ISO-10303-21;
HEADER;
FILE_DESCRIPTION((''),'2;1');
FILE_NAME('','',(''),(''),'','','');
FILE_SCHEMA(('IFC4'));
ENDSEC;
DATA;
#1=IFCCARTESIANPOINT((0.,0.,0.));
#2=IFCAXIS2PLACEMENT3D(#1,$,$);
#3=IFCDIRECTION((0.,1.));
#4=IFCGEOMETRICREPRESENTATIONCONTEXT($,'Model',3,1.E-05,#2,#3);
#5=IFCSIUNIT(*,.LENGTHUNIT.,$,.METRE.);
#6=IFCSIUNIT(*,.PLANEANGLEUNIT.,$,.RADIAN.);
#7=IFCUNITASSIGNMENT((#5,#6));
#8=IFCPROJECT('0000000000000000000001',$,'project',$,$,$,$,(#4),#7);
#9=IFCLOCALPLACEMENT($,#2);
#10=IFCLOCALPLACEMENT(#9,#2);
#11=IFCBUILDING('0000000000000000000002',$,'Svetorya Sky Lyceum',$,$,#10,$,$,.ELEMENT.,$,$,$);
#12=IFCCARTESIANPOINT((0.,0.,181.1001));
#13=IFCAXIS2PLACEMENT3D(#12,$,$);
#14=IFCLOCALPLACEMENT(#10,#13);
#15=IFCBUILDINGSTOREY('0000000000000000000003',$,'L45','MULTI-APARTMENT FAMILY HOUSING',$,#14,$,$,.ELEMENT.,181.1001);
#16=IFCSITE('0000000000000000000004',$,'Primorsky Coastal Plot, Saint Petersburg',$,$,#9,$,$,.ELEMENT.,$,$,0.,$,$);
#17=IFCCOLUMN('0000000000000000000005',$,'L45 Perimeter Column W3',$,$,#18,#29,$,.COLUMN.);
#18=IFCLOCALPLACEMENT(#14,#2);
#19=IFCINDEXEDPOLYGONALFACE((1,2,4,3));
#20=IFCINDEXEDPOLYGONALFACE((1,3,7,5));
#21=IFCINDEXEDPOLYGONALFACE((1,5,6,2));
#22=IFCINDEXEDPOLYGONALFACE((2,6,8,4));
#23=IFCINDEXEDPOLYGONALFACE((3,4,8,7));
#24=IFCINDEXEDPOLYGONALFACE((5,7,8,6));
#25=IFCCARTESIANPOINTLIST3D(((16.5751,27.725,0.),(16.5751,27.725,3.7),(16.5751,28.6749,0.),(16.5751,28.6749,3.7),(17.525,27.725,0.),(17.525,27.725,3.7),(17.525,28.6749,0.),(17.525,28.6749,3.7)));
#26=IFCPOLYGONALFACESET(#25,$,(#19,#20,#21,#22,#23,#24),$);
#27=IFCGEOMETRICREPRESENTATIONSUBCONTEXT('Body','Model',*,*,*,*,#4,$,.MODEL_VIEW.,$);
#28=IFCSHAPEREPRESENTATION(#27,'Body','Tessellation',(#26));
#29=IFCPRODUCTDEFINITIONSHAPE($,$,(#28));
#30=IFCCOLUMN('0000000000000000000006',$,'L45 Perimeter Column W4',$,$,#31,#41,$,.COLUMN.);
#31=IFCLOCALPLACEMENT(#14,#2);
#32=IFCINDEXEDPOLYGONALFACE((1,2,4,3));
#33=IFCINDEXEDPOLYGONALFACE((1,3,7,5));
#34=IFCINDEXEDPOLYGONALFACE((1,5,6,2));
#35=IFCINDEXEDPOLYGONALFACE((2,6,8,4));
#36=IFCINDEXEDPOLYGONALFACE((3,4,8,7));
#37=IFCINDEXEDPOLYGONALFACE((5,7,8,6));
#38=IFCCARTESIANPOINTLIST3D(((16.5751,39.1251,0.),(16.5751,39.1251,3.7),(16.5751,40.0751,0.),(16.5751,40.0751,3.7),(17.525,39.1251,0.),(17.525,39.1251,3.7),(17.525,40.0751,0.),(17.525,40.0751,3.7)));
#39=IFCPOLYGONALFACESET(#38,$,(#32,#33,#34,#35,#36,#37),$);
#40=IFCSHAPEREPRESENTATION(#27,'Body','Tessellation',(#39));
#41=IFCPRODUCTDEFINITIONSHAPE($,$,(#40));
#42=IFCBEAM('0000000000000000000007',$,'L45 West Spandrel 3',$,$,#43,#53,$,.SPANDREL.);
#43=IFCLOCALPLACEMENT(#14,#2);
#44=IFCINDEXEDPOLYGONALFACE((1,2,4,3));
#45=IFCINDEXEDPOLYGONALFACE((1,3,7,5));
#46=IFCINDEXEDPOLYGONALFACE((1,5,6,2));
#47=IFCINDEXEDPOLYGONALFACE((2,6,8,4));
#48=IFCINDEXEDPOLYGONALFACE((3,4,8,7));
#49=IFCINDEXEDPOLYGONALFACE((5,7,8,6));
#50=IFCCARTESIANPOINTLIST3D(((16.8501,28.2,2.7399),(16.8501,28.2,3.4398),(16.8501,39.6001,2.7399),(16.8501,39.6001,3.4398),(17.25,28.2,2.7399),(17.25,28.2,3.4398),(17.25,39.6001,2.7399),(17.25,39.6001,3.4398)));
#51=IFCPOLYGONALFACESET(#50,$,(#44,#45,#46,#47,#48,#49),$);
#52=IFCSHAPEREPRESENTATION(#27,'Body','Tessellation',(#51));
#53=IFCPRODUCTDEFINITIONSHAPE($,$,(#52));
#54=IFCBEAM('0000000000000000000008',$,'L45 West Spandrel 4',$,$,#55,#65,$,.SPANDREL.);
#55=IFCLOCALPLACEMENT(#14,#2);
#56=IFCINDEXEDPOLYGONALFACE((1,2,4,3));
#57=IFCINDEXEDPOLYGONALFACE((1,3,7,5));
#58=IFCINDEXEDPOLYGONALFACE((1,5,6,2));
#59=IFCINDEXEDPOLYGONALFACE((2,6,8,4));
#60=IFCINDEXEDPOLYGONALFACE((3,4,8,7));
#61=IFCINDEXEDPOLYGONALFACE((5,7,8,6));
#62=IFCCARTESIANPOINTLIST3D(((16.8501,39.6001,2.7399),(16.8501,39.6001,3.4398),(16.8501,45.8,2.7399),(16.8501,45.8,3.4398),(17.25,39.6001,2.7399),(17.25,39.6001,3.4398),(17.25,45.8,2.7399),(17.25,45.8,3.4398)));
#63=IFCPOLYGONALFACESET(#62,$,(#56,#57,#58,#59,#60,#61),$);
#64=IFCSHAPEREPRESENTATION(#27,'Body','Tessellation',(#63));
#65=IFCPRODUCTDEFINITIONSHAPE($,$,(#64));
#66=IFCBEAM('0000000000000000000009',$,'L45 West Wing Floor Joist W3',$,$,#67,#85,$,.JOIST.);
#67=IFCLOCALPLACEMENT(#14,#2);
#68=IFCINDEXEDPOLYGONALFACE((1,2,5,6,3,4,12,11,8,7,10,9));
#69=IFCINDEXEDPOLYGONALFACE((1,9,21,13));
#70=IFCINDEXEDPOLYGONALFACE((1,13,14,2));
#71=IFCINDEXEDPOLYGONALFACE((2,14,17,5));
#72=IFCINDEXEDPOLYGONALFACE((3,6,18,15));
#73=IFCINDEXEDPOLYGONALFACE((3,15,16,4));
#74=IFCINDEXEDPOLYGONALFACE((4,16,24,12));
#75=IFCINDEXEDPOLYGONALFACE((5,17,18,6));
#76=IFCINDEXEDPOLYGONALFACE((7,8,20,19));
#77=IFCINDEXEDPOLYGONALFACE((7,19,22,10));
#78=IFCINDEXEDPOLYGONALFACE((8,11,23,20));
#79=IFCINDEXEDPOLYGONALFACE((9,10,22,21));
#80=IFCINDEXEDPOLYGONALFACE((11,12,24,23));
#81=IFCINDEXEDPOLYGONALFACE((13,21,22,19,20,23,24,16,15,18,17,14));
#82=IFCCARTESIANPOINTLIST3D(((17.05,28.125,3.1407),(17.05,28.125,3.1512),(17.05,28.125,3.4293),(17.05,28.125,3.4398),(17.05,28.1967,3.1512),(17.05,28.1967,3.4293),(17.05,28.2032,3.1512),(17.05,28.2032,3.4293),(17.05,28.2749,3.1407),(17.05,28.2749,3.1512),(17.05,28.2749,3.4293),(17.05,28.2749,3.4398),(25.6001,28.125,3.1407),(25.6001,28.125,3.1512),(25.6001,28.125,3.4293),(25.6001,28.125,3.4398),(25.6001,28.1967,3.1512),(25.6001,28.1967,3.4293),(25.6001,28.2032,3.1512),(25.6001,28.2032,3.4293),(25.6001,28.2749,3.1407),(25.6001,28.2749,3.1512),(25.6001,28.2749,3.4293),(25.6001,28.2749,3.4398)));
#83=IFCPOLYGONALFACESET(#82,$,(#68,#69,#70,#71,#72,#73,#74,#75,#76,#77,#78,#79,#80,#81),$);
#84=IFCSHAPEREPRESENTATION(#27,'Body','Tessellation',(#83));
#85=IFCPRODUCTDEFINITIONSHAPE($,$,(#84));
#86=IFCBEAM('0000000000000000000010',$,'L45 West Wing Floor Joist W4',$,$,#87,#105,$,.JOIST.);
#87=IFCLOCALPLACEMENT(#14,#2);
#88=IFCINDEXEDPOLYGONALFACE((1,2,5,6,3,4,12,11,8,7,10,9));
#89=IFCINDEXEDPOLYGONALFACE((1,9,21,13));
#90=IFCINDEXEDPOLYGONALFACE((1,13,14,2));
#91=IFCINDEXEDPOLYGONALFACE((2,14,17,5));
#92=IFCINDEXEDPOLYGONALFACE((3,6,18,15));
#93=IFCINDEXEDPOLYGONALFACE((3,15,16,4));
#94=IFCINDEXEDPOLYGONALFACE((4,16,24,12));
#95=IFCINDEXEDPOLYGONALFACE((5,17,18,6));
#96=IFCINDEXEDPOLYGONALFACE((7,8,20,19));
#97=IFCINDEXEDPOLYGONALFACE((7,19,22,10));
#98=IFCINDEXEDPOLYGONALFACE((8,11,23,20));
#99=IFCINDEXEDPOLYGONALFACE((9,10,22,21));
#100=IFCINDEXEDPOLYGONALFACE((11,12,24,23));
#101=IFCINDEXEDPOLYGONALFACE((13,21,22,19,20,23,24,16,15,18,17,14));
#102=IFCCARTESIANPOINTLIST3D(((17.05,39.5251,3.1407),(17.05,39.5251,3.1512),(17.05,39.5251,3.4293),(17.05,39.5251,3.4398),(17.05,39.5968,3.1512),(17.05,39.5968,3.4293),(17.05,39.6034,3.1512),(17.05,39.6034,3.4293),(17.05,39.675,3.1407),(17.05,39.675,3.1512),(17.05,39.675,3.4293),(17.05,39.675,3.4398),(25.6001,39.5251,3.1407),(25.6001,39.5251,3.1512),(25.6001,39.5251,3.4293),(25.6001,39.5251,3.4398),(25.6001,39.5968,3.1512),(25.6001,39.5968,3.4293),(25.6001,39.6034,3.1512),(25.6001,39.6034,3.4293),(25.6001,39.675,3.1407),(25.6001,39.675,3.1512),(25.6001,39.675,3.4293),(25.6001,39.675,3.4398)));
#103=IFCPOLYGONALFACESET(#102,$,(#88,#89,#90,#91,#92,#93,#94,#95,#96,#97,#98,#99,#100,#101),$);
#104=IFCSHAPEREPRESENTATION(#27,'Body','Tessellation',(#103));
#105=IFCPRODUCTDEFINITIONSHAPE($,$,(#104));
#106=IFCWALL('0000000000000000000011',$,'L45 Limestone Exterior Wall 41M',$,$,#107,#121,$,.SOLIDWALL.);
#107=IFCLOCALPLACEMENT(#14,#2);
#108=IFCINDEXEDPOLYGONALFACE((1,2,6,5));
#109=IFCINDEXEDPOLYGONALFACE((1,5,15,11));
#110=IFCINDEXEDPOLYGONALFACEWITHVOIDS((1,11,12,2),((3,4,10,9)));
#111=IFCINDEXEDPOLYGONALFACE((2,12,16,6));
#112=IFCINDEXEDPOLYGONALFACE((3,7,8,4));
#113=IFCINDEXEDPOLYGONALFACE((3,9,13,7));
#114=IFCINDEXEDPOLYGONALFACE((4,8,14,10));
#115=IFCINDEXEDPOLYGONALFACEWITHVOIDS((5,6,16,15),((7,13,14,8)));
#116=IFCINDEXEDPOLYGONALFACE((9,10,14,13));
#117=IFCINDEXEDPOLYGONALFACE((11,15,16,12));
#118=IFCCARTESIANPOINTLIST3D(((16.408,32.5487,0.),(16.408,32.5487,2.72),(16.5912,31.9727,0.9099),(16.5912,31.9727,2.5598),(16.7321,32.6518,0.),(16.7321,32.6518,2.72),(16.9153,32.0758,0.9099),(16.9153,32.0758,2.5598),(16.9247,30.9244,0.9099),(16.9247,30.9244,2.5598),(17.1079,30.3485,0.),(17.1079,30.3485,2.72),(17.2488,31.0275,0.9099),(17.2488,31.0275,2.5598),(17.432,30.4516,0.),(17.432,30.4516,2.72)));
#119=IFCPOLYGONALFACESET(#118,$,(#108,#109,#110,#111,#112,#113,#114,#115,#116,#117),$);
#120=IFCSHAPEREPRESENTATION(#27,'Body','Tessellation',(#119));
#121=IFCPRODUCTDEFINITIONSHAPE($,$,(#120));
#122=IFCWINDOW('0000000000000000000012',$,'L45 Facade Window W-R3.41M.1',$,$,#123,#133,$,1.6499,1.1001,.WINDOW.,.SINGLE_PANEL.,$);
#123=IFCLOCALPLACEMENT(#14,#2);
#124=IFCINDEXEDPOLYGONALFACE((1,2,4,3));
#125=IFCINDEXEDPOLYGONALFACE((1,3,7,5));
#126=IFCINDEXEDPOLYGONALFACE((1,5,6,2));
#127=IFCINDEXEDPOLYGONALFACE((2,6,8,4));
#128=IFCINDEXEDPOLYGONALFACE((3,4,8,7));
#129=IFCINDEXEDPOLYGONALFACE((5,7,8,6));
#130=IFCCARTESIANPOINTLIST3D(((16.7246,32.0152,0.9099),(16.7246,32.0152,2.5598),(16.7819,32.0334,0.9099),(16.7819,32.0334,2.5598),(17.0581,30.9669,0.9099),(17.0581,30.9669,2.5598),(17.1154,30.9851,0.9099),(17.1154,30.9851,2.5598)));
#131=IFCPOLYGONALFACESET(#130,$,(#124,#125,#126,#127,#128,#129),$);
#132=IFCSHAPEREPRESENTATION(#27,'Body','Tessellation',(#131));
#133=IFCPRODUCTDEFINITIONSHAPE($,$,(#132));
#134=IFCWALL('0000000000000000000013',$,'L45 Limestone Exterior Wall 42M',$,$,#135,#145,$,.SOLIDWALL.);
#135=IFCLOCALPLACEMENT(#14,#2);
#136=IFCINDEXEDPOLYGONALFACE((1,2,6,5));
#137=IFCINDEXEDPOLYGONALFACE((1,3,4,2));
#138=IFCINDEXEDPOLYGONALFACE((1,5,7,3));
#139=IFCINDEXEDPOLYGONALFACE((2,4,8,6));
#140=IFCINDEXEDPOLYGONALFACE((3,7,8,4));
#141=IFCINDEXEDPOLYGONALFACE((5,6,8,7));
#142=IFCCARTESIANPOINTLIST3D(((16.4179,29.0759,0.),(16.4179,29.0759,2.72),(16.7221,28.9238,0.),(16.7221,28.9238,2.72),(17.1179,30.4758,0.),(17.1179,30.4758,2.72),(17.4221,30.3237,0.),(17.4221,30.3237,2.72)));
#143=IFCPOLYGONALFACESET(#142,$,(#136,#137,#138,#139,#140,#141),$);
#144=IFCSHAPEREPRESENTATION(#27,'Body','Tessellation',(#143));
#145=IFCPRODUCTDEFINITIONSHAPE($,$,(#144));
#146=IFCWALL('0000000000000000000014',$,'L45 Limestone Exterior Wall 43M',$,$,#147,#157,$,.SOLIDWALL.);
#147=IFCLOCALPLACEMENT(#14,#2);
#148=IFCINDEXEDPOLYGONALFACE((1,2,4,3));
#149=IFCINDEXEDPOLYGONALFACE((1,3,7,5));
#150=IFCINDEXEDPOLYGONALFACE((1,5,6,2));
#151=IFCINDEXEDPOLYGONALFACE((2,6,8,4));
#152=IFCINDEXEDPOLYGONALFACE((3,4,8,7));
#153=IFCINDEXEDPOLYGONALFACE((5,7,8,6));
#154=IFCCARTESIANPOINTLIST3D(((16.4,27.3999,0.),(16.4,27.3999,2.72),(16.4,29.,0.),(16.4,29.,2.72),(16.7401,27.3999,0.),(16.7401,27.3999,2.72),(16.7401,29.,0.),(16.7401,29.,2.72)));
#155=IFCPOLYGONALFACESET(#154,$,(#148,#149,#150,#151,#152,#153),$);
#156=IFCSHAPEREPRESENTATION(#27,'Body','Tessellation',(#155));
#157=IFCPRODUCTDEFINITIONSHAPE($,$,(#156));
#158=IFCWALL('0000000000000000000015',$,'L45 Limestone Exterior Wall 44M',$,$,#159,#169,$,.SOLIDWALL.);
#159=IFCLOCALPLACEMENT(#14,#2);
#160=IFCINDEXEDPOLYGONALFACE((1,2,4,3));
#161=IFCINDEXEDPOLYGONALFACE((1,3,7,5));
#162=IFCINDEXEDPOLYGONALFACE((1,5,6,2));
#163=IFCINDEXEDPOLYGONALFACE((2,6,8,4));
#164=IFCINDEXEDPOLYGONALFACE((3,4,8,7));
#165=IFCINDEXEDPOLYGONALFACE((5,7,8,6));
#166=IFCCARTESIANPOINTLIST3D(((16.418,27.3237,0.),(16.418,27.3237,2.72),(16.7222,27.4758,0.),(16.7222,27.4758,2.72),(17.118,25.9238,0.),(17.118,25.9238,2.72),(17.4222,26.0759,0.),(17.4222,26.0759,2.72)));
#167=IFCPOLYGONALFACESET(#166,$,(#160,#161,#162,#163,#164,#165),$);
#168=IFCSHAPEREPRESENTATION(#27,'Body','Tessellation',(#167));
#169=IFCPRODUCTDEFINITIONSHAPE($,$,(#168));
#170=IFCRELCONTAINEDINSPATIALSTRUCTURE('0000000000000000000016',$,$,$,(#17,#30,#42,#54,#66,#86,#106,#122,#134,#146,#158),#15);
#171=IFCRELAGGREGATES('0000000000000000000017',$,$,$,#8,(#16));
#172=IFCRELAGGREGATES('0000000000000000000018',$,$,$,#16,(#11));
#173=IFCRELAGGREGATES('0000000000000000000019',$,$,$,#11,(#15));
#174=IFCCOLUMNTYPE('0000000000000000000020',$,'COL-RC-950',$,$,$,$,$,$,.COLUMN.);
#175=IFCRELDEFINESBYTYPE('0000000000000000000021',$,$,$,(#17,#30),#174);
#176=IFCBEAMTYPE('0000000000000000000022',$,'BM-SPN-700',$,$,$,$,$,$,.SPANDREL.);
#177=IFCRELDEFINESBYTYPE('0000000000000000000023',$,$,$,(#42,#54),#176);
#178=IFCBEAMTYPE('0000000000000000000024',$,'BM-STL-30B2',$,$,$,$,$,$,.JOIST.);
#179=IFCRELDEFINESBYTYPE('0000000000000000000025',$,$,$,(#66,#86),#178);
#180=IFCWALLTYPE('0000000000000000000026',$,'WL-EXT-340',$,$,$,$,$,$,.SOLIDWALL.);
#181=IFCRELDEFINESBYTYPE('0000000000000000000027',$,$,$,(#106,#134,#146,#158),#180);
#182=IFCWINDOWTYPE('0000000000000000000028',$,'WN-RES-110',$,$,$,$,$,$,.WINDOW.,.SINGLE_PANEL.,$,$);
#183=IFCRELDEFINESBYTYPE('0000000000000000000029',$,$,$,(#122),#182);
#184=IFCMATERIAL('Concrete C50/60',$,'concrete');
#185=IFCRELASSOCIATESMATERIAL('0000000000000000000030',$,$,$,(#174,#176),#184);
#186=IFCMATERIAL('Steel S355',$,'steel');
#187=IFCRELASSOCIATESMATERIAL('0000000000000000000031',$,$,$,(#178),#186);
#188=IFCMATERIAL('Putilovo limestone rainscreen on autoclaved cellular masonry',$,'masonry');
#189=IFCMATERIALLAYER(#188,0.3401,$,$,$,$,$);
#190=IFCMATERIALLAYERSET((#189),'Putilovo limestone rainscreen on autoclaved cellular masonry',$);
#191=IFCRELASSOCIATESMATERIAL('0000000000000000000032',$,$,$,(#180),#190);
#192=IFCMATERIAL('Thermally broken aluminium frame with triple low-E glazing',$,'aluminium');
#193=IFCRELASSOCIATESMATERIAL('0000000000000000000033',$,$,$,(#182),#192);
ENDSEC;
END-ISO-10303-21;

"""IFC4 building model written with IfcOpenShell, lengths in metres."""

from ifc_helpers import new_model, si_unit, direction, frame, frame_2d, origin, origin_2d, place, context, subcontext, project, spatial, rectangle, i_section, extrude, material, layer, layer_set, material_profile, profile_set, type_object, element, fill, save


model = new_model("IFC4")

# Units and contexts
model_context = context("Model", 3, precision=1e-05, world=origin(), true_north=direction((0.0, 1.0)))
body_context = subcontext(model_context, "Body", "Model", "MODEL_VIEW")
ifc_project = project(units=[si_unit("LENGTHUNIT", "METRE"), si_unit("PLANEANGLEUNIT", "RADIAN")], contexts=[model_context])

# Site, building, storey
site_placement = place(None, origin())
site = spatial("IfcSite", under=ifc_project, at=site_placement, Name="Primorsky Coastal Plot, Saint Petersburg", CompositionType="ELEMENT", RefElevation=0.0)
building_placement = place(site_placement, origin())
building = spatial("IfcBuilding", under=site, at=building_placement, Name="Svetorya Sky Lyceum", CompositionType="ELEMENT")
storey_placement = place(building_placement, frame((0.0, 0.0, 181.1001)))
storey = spatial("IfcBuildingStorey", under=building, at=storey_placement, Name="L45", Description="MULTI-APARTMENT FAMILY HOUSING", CompositionType="ELEMENT", Elevation=181.1001)

# Columns
ifc_material_1 = material(Name="Concrete C50/60", Category="concrete")
ifc_material_profile_1 = material_profile(ifc_material_1, rectangle(XDim=0.95, YDim=0.95, at=origin_2d()), Name="RC COL 950x950")
ifc_profile_set_1 = profile_set([ifc_material_profile_1], Name="Concrete C50/60")
column_type = type_object("IfcColumnType", Name="COL-RC-950", PredefinedType="COLUMN", material=ifc_profile_set_1)
for number, where, z_axis, x_axis, name in (
    (1, (17.05, 28.2, 0.0), (0.0, 0.0, 1.0), (1.0, 0.0, 0.0), "L45 Perimeter Column W3"),
    (2, (17.05, 39.6001, 0.0), (0.0, 0.0, 1.0), (1.0, 0.0, 0.0), "L45 Perimeter Column W4"),
):
    element("IfcColumn", number, at=place(storey_placement, frame(where, z_axis=z_axis, x_axis=x_axis)), inside=storey, type_object=column_type, Name=name, PredefinedType="COLUMN", context=body_context, shape_type="SweptSolid", body=[
        extrude(rectangle(XDim=0.95, YDim=0.95, at=origin_2d()), origin(), (0.0, 0.0, 1.0), 3.7),
    ])

# Beams
ifc_material_profile_2 = material_profile(ifc_material_1, rectangle(XDim=0.3999, YDim=0.7, at=origin_2d()), Name="RC SPANDREL 400x700")
ifc_profile_set_2 = profile_set([ifc_material_profile_2], Name="Concrete C50/60")
beam_type_1 = type_object("IfcBeamType", Name="BM-SPN-700", PredefinedType="SPANDREL", material=ifc_profile_set_2)
beam_1_placement = place(storey_placement, frame((17.05, 28.2, 3.0898), z_axis=(0.0, 1.0, 0.0), x_axis=(-1.0, 0.0, 0.0)))
element("IfcBeam", 3, at=beam_1_placement, inside=storey, type_object=beam_type_1, Name="L45 West Spandrel 3", PredefinedType="SPANDREL", context=body_context, shape_type="SweptSolid", body=[
    extrude(rectangle(XDim=0.3999, YDim=0.7, at=origin_2d()), origin(), (0.0, 0.0, 1.0), 11.4001),
])
beam_2_placement = place(storey_placement, frame((17.05, 39.6001, 3.0898), z_axis=(0.0, 1.0, 0.0), x_axis=(-1.0, 0.0, 0.0)))
element("IfcBeam", 4, at=beam_2_placement, inside=storey, type_object=beam_type_1, Name="L45 West Spandrel 4", PredefinedType="SPANDREL", context=body_context, shape_type="SweptSolid", body=[
    extrude(rectangle(XDim=0.3999, YDim=0.7, at=origin_2d()), origin(), (0.0, 0.0, 1.0), 6.2),
])
ifc_material_2 = material(Name="Steel S355", Category="steel")
ifc_material_profile_3 = material_profile(ifc_material_2, i_section(OverallWidth=0.1499, OverallDepth=0.2991, WebThickness=0.0066, FlangeThickness=0.0105, at=origin_2d()), Name="GOST 30B2")
ifc_profile_set_3 = profile_set([ifc_material_profile_3], Name="Steel S355")
beam_type_2 = type_object("IfcBeamType", Name="BM-STL-30B2", PredefinedType="JOIST", material=ifc_profile_set_3)
for number, where, z_axis, x_axis, name in (
    (5, (17.05, 28.2, 3.2903), (1.0, 0.0, 0.0), (0.0, 1.0, 0.0), "L45 West Wing Floor Joist W3"),
    (6, (17.05, 39.6001, 3.2903), (1.0, 0.0, 0.0), (0.0, 1.0, 0.0), "L45 West Wing Floor Joist W4"),
):
    element("IfcBeam", number, at=place(storey_placement, frame(where, z_axis=z_axis, x_axis=x_axis)), inside=storey, type_object=beam_type_2, Name=name, PredefinedType="JOIST", context=body_context, shape_type="SweptSolid", body=[
        extrude(i_section(OverallWidth=0.1499, OverallDepth=0.2991, WebThickness=0.0066, FlangeThickness=0.0105, at=origin_2d()), origin(), (0.0, 0.0, 1.0), 8.55),
    ])

# Wall, opening, window
ifc_material_3 = material(Name="Putilovo limestone rainscreen on autoclaved cellular masonry", Category="masonry")
ifc_layer_1 = layer(ifc_material_3, 0.3401)
ifc_layer_set_1 = layer_set([ifc_layer_1], Name="Putilovo limestone rainscreen on autoclaved cellular masonry")
wall_type_1 = type_object("IfcWallType", Name="WL-EXT-340", PredefinedType="SOLIDWALL", material=ifc_layer_set_1)
wall_1_placement = place(storey_placement, frame((16.5701, 32.6001, 0.0), z_axis=(0.0, 0.0, 1.0), x_axis=(0.30316, -0.95294, 0.0)))
wall_1 = element("IfcWall", 7, at=wall_1_placement, inside=storey, type_object=wall_type_1, Name="L45 Limestone Exterior Wall 41M", PredefinedType="SOLIDWALL", context=body_context, shape_type="SweptSolid", body=[
    extrude(rectangle(XDim=2.3088, YDim=0.3401, at=frame_2d((1.1543, 0.0))), origin(), (0.0, 0.0, 1.0), 2.72),
])
opening_1_placement = place(wall_1_placement, frame((0.6042, 0.0, 0.9099)))
opening_1 = element("IfcOpeningElement", 8, at=opening_1_placement, cuts=wall_1, PredefinedType="OPENING", context=body_context, shape_type="SweptSolid", body=[
    extrude(rectangle(XDim=1.1001, YDim=1.6499, at=frame_2d((0.55, 0.825))), frame((0.0, 0.1799, 0.0), z_axis=(0.0, -1.0, 0.0), x_axis=(1.0, 0.0, 0.0)), (0.0, 0.0, 1.0), 0.3601),
])
ifc_material_4 = material(Name="Thermally broken aluminium frame with triple low-E glazing", Category="aluminium")
window_type_1 = type_object("IfcWindowType", Name="WN-RES-110", PartitioningType="SINGLE_PANEL", PredefinedType="WINDOW", material=ifc_material_4)
window_1_placement = place(opening_1_placement, origin())
window_1 = element("IfcWindow", 9, at=window_1_placement, inside=storey, type_object=window_type_1, Name="L45 Facade Window W-R3.41M.1", OverallHeight=1.6499, OverallWidth=1.1001, PartitioningType="SINGLE_PANEL", PredefinedType="WINDOW", context=body_context, shape_type="SweptSolid", body=[
    extrude(rectangle(XDim=1.1001, YDim=1.6499, at=frame_2d((0.55, 0.825))), frame((0.0, 0.03, 0.0), z_axis=(0.0, -1.0, 0.0), x_axis=(1.0, 0.0, 0.0)), (0.0, 0.0, 1.0), 0.0601),
])
fill(opening_1, window_1)

# Walls
wall_2_placement = place(storey_placement, frame((17.27, 30.3999, 0.0), z_axis=(0.0, 0.0, 1.0), x_axis=(-0.447214, -0.894427, 0.0)))
element("IfcWall", 10, at=wall_2_placement, inside=storey, type_object=wall_type_1, Name="L45 Limestone Exterior Wall 42M", PredefinedType="SOLIDWALL", context=body_context, shape_type="SweptSolid", body=[
    extrude(rectangle(XDim=1.5652, YDim=0.3401, at=frame_2d((0.7827, 0.0))), origin(), (0.0, 0.0, 1.0), 2.72),
])
wall_3_placement = place(storey_placement, frame((16.5701, 29.0, 0.0), z_axis=(0.0, 0.0, 1.0), x_axis=(0.0, -1.0, 0.0)))
element("IfcWall", 11, at=wall_3_placement, inside=storey, type_object=wall_type_1, Name="L45 Limestone Exterior Wall 43M", PredefinedType="SOLIDWALL", context=body_context, shape_type="SweptSolid", body=[
    extrude(rectangle(XDim=1.6001, YDim=0.3401, at=frame_2d((0.8, 0.0))), origin(), (0.0, 0.0, 1.0), 2.72),
])
wall_4_placement = place(storey_placement, frame((16.5701, 27.3999, 0.0), z_axis=(0.0, 0.0, 1.0), x_axis=(0.447214, -0.894427, 0.0)))
element("IfcWall", 12, at=wall_4_placement, inside=storey, type_object=wall_type_1, Name="L45 Limestone Exterior Wall 44M", PredefinedType="SOLIDWALL", context=body_context, shape_type="SweptSolid", body=[
    extrude(rectangle(XDim=1.5652, YDim=0.3401, at=frame_2d((0.7827, 0.0))), origin(), (0.0, 0.0, 1.0), 2.72),
])

save(model, "model.ifc")
